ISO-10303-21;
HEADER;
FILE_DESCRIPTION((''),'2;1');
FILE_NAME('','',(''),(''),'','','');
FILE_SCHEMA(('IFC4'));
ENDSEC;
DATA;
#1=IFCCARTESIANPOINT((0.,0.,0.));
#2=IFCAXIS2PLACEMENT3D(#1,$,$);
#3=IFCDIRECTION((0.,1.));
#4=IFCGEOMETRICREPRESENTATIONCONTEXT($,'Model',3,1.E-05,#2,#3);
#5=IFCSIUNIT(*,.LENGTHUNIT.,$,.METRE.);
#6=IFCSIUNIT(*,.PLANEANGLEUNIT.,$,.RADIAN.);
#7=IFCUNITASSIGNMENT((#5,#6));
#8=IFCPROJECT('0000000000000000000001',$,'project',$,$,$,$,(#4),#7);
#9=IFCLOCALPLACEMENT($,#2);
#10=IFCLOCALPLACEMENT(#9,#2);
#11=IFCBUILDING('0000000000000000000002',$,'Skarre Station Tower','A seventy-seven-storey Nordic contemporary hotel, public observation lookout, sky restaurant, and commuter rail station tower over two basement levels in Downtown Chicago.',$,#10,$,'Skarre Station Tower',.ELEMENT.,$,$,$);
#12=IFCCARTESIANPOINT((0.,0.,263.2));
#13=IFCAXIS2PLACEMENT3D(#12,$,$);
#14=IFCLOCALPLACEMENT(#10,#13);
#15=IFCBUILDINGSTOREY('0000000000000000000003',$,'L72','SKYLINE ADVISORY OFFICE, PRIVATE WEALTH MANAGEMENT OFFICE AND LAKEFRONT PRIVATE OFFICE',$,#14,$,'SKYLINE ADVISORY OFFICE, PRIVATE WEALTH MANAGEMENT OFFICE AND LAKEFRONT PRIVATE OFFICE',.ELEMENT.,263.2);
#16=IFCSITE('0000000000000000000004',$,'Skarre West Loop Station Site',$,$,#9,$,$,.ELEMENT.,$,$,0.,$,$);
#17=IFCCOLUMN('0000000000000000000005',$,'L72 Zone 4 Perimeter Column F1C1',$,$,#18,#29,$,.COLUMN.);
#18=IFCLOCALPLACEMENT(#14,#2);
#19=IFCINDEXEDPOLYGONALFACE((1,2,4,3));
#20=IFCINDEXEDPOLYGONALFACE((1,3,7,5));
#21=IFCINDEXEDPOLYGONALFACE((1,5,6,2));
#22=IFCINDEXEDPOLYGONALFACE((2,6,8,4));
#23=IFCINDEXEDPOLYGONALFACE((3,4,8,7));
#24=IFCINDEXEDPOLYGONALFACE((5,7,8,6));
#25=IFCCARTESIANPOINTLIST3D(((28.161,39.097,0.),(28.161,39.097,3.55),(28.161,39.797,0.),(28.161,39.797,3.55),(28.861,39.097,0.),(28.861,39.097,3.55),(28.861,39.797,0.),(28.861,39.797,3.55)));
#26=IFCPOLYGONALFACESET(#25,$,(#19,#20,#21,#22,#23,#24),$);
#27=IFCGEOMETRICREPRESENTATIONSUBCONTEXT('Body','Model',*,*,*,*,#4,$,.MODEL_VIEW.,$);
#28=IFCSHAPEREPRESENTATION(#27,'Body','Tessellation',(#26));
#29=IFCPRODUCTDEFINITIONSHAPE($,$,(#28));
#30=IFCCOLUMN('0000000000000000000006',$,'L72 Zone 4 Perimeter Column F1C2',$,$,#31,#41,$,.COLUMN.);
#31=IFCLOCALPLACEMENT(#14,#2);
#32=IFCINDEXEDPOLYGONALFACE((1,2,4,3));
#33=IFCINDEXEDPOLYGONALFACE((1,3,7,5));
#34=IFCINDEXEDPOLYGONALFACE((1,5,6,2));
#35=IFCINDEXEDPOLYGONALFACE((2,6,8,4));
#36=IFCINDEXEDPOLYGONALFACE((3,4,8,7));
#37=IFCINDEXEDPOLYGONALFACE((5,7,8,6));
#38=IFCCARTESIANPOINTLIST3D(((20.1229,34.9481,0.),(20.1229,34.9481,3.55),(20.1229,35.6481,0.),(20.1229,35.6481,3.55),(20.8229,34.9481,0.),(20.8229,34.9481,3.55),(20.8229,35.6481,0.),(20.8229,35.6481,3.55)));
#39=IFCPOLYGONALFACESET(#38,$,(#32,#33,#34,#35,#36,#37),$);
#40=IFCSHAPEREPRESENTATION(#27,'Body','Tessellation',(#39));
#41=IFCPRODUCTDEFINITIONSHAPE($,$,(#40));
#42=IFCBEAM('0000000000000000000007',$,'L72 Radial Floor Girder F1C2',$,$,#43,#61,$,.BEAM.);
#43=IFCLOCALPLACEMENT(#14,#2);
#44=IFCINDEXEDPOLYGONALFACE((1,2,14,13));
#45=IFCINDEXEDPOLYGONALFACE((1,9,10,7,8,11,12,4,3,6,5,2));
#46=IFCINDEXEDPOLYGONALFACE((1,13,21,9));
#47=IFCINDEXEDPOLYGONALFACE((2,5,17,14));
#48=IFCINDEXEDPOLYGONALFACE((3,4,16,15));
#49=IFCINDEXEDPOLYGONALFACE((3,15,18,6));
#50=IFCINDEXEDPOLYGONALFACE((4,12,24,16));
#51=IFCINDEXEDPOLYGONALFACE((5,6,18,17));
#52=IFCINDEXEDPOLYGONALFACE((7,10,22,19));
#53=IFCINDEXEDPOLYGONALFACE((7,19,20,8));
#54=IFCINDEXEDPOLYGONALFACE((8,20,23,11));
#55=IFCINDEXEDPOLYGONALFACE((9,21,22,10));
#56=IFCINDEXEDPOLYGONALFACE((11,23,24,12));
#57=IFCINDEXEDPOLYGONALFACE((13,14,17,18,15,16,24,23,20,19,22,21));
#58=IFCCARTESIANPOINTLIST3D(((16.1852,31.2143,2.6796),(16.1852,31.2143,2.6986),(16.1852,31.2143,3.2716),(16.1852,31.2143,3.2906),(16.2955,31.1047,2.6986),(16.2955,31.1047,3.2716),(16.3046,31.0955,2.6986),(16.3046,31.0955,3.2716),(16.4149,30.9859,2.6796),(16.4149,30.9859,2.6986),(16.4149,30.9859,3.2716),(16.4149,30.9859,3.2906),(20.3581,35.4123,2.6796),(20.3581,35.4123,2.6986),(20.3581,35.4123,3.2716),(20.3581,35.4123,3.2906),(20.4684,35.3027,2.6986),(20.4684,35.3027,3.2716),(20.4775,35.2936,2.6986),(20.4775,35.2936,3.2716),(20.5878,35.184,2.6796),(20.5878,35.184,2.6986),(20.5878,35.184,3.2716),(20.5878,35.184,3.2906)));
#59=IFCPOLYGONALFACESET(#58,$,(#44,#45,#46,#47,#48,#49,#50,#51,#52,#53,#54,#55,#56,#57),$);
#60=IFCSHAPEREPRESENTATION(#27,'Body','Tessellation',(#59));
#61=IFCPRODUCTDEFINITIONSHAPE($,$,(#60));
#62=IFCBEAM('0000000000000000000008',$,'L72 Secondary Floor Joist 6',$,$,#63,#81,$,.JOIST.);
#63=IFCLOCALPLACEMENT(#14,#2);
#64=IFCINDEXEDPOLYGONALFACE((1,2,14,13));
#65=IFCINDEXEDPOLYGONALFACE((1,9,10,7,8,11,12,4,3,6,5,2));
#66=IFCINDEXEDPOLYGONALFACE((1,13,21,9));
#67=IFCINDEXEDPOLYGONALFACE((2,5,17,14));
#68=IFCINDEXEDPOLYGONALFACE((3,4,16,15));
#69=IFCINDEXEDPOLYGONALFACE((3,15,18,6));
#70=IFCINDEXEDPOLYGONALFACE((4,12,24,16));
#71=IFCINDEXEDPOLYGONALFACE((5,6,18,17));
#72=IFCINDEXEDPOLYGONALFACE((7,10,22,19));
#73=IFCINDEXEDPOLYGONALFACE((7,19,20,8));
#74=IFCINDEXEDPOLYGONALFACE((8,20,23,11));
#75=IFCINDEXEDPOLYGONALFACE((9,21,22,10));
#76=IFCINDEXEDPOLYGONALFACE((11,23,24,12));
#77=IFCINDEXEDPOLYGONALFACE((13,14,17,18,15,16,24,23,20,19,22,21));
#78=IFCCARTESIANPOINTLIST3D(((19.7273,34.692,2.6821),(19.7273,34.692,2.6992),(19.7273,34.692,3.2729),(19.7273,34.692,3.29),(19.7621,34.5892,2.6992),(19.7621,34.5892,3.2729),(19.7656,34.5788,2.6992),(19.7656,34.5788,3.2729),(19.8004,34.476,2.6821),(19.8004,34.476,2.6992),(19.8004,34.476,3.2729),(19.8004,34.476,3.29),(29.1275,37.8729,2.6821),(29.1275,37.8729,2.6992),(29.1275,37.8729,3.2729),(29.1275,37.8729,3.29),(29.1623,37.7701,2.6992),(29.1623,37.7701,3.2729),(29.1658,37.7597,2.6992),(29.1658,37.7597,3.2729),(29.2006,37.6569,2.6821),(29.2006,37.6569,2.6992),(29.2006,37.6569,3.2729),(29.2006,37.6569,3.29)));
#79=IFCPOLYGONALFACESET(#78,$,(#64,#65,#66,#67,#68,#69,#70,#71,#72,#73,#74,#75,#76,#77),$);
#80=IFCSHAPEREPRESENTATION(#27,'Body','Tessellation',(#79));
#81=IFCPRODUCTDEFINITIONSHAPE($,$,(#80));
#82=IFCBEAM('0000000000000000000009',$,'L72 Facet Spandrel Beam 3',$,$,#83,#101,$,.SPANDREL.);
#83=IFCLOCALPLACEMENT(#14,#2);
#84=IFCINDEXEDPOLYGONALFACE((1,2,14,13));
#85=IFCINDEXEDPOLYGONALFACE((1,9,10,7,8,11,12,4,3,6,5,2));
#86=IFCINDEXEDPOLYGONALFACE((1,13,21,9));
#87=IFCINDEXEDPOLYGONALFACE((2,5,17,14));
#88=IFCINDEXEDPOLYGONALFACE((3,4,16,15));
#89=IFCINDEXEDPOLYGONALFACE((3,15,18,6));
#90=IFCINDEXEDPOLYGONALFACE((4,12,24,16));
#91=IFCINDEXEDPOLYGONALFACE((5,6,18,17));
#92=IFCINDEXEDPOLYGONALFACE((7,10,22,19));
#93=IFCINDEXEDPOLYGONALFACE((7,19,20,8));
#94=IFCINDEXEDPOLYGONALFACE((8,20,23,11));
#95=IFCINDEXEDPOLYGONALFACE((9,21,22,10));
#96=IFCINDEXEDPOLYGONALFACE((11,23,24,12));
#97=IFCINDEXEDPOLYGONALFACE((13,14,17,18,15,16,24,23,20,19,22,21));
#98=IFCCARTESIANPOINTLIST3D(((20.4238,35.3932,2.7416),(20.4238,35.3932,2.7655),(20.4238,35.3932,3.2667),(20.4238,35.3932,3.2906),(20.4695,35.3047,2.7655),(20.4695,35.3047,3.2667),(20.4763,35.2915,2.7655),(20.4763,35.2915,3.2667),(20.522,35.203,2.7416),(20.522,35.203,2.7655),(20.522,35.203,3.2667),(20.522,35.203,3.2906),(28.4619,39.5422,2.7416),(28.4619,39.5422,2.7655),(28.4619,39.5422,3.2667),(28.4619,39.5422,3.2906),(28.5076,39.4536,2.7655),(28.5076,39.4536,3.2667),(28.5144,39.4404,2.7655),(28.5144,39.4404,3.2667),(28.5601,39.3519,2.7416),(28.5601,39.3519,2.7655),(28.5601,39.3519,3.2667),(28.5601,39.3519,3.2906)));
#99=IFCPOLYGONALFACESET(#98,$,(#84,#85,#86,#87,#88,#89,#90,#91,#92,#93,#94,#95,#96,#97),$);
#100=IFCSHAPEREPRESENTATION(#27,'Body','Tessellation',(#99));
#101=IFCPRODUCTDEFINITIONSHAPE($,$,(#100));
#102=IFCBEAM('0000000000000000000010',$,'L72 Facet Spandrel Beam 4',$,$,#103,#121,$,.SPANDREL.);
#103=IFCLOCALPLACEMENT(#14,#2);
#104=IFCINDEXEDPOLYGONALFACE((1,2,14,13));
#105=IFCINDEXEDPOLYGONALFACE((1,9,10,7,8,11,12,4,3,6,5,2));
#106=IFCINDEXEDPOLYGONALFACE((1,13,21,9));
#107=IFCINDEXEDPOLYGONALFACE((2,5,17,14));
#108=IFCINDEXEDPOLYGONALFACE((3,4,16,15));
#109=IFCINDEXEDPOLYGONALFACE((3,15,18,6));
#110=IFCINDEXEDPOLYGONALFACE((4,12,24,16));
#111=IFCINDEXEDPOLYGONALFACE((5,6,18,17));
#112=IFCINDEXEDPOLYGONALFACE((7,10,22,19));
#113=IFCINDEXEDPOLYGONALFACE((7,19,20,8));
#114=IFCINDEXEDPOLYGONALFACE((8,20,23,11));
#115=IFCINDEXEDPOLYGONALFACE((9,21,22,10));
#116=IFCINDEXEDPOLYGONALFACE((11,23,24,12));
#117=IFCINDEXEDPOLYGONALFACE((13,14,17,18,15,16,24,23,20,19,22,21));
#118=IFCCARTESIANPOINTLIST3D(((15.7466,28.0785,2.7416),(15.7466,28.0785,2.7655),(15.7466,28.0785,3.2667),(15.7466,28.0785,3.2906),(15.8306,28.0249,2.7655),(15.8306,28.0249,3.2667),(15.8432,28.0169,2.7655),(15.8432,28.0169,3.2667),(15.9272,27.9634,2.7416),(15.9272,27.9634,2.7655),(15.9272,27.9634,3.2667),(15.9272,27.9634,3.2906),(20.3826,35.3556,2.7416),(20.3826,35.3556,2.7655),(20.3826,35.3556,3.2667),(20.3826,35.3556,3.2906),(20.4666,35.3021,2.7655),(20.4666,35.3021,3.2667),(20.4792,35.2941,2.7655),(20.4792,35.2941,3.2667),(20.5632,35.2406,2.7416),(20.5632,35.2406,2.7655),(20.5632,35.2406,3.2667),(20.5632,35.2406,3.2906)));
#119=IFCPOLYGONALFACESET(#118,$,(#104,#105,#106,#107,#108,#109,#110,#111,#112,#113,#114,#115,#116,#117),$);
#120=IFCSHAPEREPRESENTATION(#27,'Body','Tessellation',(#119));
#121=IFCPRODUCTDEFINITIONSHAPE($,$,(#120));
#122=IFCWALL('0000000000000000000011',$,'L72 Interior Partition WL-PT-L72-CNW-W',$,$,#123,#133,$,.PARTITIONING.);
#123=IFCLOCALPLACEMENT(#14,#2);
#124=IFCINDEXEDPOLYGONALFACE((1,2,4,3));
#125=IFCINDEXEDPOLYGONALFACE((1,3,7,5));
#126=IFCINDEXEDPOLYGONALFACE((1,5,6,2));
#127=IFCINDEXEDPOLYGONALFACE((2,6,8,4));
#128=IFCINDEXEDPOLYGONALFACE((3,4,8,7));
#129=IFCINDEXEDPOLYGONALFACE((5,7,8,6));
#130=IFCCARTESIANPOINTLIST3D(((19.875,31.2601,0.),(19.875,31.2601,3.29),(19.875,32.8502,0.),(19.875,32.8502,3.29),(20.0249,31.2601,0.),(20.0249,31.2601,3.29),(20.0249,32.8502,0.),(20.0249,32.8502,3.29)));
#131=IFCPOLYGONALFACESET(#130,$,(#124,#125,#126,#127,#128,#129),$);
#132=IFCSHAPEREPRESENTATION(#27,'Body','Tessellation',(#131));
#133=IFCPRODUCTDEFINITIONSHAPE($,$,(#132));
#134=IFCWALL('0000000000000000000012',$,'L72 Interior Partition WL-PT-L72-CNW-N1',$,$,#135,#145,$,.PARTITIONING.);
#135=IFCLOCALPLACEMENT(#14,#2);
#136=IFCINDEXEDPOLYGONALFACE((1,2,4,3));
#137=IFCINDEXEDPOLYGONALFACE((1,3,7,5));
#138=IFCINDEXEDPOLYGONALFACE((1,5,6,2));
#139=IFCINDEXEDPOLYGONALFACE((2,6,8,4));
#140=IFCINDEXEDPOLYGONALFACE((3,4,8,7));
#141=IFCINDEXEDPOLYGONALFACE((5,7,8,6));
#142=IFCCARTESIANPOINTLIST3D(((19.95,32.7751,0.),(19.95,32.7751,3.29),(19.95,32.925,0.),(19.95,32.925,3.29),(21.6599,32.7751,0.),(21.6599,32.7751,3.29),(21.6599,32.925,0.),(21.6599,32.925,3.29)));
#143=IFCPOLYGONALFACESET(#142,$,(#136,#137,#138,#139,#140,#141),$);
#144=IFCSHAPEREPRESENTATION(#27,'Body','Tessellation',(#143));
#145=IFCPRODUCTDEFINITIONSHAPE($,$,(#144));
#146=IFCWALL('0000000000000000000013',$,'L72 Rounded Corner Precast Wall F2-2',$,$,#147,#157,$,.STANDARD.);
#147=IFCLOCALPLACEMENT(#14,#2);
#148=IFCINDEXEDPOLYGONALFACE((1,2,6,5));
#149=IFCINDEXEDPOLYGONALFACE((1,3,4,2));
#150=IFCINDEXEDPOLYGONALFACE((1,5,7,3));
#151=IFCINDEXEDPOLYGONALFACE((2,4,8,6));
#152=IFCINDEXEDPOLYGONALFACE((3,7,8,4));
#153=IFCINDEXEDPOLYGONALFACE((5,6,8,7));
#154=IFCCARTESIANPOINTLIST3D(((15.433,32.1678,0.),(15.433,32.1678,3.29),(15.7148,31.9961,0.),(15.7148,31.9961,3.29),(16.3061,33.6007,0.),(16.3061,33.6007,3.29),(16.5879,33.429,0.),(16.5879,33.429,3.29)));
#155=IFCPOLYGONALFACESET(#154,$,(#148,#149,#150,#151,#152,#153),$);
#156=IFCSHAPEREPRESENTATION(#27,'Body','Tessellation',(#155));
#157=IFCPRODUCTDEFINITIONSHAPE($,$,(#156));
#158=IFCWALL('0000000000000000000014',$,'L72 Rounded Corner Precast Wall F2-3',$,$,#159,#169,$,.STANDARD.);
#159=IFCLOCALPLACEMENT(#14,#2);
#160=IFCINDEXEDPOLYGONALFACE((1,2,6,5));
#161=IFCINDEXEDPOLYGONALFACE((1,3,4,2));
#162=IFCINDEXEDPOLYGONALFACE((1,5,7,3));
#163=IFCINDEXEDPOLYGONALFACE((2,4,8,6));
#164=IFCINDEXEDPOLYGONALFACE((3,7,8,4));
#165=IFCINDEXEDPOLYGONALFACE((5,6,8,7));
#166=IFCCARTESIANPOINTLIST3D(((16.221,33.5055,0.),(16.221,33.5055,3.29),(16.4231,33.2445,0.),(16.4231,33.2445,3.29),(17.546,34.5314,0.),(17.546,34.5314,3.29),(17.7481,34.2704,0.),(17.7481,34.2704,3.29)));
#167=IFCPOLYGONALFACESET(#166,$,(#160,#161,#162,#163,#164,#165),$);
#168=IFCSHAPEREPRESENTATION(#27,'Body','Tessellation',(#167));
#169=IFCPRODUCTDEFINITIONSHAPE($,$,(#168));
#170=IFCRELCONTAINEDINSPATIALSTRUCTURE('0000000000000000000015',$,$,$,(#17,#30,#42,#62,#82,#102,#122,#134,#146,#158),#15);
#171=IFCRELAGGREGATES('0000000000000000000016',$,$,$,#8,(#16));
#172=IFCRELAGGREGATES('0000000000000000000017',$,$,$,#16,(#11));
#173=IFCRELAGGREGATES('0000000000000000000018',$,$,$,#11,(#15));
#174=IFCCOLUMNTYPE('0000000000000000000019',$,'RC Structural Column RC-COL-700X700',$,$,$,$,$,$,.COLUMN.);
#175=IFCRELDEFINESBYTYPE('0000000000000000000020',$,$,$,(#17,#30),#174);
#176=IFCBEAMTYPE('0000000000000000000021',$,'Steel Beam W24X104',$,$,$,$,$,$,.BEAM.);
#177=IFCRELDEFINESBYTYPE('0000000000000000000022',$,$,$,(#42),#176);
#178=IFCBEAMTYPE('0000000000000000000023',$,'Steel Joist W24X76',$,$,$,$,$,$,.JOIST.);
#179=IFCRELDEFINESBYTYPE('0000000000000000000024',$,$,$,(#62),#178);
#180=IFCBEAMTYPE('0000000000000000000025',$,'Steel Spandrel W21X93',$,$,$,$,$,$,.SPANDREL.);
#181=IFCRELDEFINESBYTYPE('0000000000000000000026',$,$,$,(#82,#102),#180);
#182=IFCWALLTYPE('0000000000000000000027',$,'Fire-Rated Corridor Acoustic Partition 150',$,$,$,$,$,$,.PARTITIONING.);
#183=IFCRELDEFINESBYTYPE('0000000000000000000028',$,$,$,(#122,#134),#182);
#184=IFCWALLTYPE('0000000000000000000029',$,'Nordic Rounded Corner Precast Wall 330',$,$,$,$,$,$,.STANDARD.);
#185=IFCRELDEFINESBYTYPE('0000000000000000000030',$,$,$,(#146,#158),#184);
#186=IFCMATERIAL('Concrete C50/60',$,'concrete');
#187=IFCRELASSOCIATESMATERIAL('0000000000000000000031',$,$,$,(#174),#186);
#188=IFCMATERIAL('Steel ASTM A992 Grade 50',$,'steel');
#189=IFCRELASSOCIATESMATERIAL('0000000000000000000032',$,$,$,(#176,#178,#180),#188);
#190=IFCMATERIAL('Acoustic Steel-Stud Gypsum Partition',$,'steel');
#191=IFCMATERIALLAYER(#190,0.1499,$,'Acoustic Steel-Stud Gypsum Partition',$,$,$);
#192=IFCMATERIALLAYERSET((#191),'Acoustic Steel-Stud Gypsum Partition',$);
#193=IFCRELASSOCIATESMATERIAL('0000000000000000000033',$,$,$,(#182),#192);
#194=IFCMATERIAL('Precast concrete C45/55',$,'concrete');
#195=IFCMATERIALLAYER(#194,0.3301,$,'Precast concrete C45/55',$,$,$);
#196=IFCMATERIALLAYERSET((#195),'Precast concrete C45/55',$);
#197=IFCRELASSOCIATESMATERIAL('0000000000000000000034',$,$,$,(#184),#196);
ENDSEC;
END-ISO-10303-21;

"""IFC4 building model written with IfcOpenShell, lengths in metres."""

from ifc_helpers import new_model, si_unit, direction, frame, frame_2d, origin, origin_2d, place, context, subcontext, project, spatial, rectangle, i_section, extrude, material, layer, layer_set, material_profile, profile_set, type_object, element, save


model = new_model("IFC4")

# Units and contexts
model_context = context("Model", 3, precision=1e-05, world=origin(), true_north=direction((0.0, 1.0)))
body_context = subcontext(model_context, "Body", "Model", "MODEL_VIEW")
ifc_project = project(units=[si_unit("LENGTHUNIT", "METRE"), si_unit("PLANEANGLEUNIT", "RADIAN")], contexts=[model_context])

# Site, building, storey
site_placement = place(None, origin())
site = spatial("IfcSite", under=ifc_project, at=site_placement, Name="Skarre West Loop Station Site", CompositionType="ELEMENT", RefElevation=0.0)
building_placement = place(site_placement, origin())
building = spatial("IfcBuilding", under=site, at=building_placement, Name="Skarre Station Tower", Description="A seventy-seven-storey Nordic contemporary hotel, public observation lookout, sky restaurant, and commuter rail station tower over two basement levels in Downtown Chicago.", LongName="Skarre Station Tower", CompositionType="ELEMENT")
storey_placement = place(building_placement, frame((0.0, 0.0, 263.2)))
storey = spatial("IfcBuildingStorey", under=building, at=storey_placement, Name="L72", Description="SKYLINE ADVISORY OFFICE, PRIVATE WEALTH MANAGEMENT OFFICE AND LAKEFRONT PRIVATE OFFICE", LongName="SKYLINE ADVISORY OFFICE, PRIVATE WEALTH MANAGEMENT OFFICE AND LAKEFRONT PRIVATE OFFICE", CompositionType="ELEMENT", Elevation=263.2)

# Columns
ifc_material_1 = material(Name="Concrete C50/60", Category="concrete")
ifc_material_profile_1 = material_profile(ifc_material_1, rectangle(XDim=0.7, YDim=0.7, at=origin_2d()), Name="Concrete C50/60")
ifc_profile_set_1 = profile_set([ifc_material_profile_1], Name="Concrete C50/60")
column_type = type_object("IfcColumnType", Name="RC Structural Column RC-COL-700X700", PredefinedType="COLUMN", material=ifc_profile_set_1)
for number, where, z_axis, x_axis, name in (
    (1, (28.511, 39.447, 0.0), (0.0, 0.0, 1.0), (1.0, 0.0, 0.0), "L72 Zone 4 Perimeter Column F1C1"),
    (2, (20.4729, 35.2981, 0.0), (0.0, 0.0, 1.0), (1.0, 0.0, 0.0), "L72 Zone 4 Perimeter Column F1C2"),
):
    element("IfcColumn", number, at=place(storey_placement, frame(where, z_axis=z_axis, x_axis=x_axis)), inside=storey, type_object=column_type, Name=name, PredefinedType="COLUMN", context=body_context, shape_type="SweptSolid", body=[
        extrude(rectangle(XDim=0.7, YDim=0.7, at=origin_2d()), origin(), (0.0, 0.0, 1.0), 3.55),
    ])

# Beams
ifc_material_2 = material(Name="Steel ASTM A992 Grade 50", Category="steel")
ifc_material_profile_2 = material_profile(ifc_material_2, i_section(OverallWidth=0.324, OverallDepth=0.6111, WebThickness=0.0129, FlangeThickness=0.019, at=origin_2d()), Name="Steel ASTM A992 Grade 50")
ifc_profile_set_2 = profile_set([ifc_material_profile_2], Name="Steel ASTM A992 Grade 50")
beam_type_1 = type_object("IfcBeamType", Name="Steel Beam W24X104", PredefinedType="BEAM", material=ifc_profile_set_2)
beam_1_placement = place(storey_placement, frame((16.3, 31.1001, 2.9851), z_axis=(0.704979, 0.709228, 0.0), x_axis=(-0.709228, 0.704979, 0.0)))
element("IfcBeam", 3, at=beam_1_placement, inside=storey, type_object=beam_type_1, Name="L72 Radial Floor Girder F1C2", PredefinedType="BEAM", context=body_context, shape_type="SweptSolid", body=[
    extrude(i_section(OverallWidth=0.324, OverallDepth=0.6111, WebThickness=0.0129, FlangeThickness=0.019, at=origin_2d()), origin(), (0.0, 0.0, 1.0), 5.9192),
])
ifc_material_profile_3 = material_profile(ifc_material_2, i_section(OverallWidth=0.228, OverallDepth=0.6079, WebThickness=0.011, FlangeThickness=0.0171, at=origin_2d()), Name="Steel ASTM A992 Grade 50")
ifc_profile_set_3 = profile_set([ifc_material_profile_3], Name="Steel ASTM A992 Grade 50")
beam_type_2 = type_object("IfcBeamType", Name="Steel Joist W24X76", PredefinedType="JOIST", material=ifc_profile_set_3)
beam_2_placement = place(storey_placement, frame((29.1641, 37.7649, 2.9861), z_axis=(-0.947237, -0.320535, 0.0), x_axis=(0.320535, -0.947237, 0.0)))
element("IfcBeam", 4, at=beam_2_placement, inside=storey, type_object=beam_type_2, Name="L72 Secondary Floor Joist 6", PredefinedType="JOIST", context=body_context, shape_type="SweptSolid", body=[
    extrude(i_section(OverallWidth=0.228, OverallDepth=0.6079, WebThickness=0.011, FlangeThickness=0.0171, at=origin_2d()), origin(), (0.0, 0.0, 1.0), 9.9238),
])
ifc_material_profile_4 = material_profile(ifc_material_2, i_section(OverallWidth=0.2141, OverallDepth=0.5491, WebThickness=0.0149, FlangeThickness=0.0239, at=origin_2d()), Name="Steel ASTM A992 Grade 50")
ifc_profile_set_4 = profile_set([ifc_material_profile_4], Name="Steel ASTM A992 Grade 50")
beam_type_3 = type_object("IfcBeamType", Name="Steel Spandrel W21X93", PredefinedType="SPANDREL", material=ifc_profile_set_4)
beam_3_placement = place(storey_placement, frame((28.511, 39.447, 3.0161), z_axis=(-0.88861, -0.458664, 0.0), x_axis=(0.458664, -0.88861, 0.0)))
element("IfcBeam", 5, at=beam_3_placement, inside=storey, type_object=beam_type_3, Name="L72 Facet Spandrel Beam 3", PredefinedType="SPANDREL", context=body_context, shape_type="SweptSolid", body=[
    extrude(i_section(OverallWidth=0.2141, OverallDepth=0.5491, WebThickness=0.0149, FlangeThickness=0.0239, at=origin_2d()), origin(), (0.0, 0.0, 1.0), 9.0457),
])
beam_4_placement = place(storey_placement, frame((20.4729, 35.2981, 3.0161), z_axis=(-0.537297, -0.843393, 0.0), x_axis=(0.843393, -0.537297, 0.0)))
element("IfcBeam", 6, at=beam_4_placement, inside=storey, type_object=beam_type_3, Name="L72 Facet Spandrel Beam 4", PredefinedType="SPANDREL", context=body_context, shape_type="SweptSolid", body=[
    extrude(i_section(OverallWidth=0.2141, OverallDepth=0.5491, WebThickness=0.0149, FlangeThickness=0.0239, at=origin_2d()), origin(), (0.0, 0.0, 1.0), 8.6284),
])

# Walls
ifc_material_3 = material(Name="Acoustic Steel-Stud Gypsum Partition", Category="steel")
ifc_layer_1 = layer(ifc_material_3, 0.1499, Name="Acoustic Steel-Stud Gypsum Partition")
ifc_layer_set_1 = layer_set([ifc_layer_1], Name="Acoustic Steel-Stud Gypsum Partition")
wall_type_1 = type_object("IfcWallType", Name="Fire-Rated Corridor Acoustic Partition 150", PredefinedType="PARTITIONING", material=ifc_layer_set_1)
wall_1_placement = place(storey_placement, frame((19.95, 32.8501, 0.0), z_axis=(0.0, 0.0, 1.0), x_axis=(0.0, -1.0, 0.0)))
element("IfcWall", 7, at=wall_1_placement, inside=storey, type_object=wall_type_1, Name="L72 Interior Partition WL-PT-L72-CNW-W", PredefinedType="PARTITIONING", context=body_context, shape_type="SweptSolid", body=[
    extrude(rectangle(XDim=1.5901, YDim=0.1499, at=frame_2d((0.7949, 0.0))), origin(), (0.0, 0.0, 1.0), 3.29),
])
wall_2_placement = place(storey_placement, frame((21.6599, 32.8501, 0.0), z_axis=(0.0, 0.0, 1.0), x_axis=(-1.0, 0.0, 0.0)))
element("IfcWall", 8, at=wall_2_placement, inside=storey, type_object=wall_type_1, Name="L72 Interior Partition WL-PT-L72-CNW-N1", PredefinedType="PARTITIONING", context=body_context, shape_type="SweptSolid", body=[
    extrude(rectangle(XDim=1.71, YDim=0.1499, at=frame_2d((0.855, 0.0))), origin(), (0.0, 0.0, 1.0), 3.29),
])
ifc_material_4 = material(Name="Precast concrete C45/55", Category="concrete")
ifc_layer_2 = layer(ifc_material_4, 0.3301, Name="Precast concrete C45/55")
ifc_layer_set_2 = layer_set([ifc_layer_2], Name="Precast concrete C45/55")
wall_type_2 = type_object("IfcWallType", Name="Nordic Rounded Corner Precast Wall 330", PredefinedType="STANDARD", material=ifc_layer_set_2)
wall_3_placement = place(storey_placement, frame((15.574, 32.082, 0.0), z_axis=(0.0, 0.0, 1.0), x_axis=(0.520325, 0.853968, 0.0)))
element("IfcWall", 9, at=wall_3_placement, inside=storey, type_object=wall_type_2, Name="L72 Rounded Corner Precast Wall F2-2", PredefinedType="STANDARD", context=body_context, shape_type="SweptSolid", body=[
    extrude(rectangle(XDim=1.678, YDim=0.3301, at=frame_2d((0.8389, 0.0))), origin(), (0.0, 0.0, 1.0), 3.29),
])
wall_4_placement = place(storey_placement, frame((16.322, 33.375, 0.0), z_axis=(0.0, 0.0, 1.0), x_axis=(0.790692, 0.612214, 0.0)))
element("IfcWall", 10, at=wall_4_placement, inside=storey, type_object=wall_type_2, Name="L72 Rounded Corner Precast Wall F2-3", PredefinedType="STANDARD", context=body_context, shape_type="SweptSolid", body=[
    extrude(rectangle(XDim=1.6758, YDim=0.3301, at=frame_2d((0.8379, 0.0))), origin(), (0.0, 0.0, 1.0), 3.29),
])

save(model, "model.ifc")
